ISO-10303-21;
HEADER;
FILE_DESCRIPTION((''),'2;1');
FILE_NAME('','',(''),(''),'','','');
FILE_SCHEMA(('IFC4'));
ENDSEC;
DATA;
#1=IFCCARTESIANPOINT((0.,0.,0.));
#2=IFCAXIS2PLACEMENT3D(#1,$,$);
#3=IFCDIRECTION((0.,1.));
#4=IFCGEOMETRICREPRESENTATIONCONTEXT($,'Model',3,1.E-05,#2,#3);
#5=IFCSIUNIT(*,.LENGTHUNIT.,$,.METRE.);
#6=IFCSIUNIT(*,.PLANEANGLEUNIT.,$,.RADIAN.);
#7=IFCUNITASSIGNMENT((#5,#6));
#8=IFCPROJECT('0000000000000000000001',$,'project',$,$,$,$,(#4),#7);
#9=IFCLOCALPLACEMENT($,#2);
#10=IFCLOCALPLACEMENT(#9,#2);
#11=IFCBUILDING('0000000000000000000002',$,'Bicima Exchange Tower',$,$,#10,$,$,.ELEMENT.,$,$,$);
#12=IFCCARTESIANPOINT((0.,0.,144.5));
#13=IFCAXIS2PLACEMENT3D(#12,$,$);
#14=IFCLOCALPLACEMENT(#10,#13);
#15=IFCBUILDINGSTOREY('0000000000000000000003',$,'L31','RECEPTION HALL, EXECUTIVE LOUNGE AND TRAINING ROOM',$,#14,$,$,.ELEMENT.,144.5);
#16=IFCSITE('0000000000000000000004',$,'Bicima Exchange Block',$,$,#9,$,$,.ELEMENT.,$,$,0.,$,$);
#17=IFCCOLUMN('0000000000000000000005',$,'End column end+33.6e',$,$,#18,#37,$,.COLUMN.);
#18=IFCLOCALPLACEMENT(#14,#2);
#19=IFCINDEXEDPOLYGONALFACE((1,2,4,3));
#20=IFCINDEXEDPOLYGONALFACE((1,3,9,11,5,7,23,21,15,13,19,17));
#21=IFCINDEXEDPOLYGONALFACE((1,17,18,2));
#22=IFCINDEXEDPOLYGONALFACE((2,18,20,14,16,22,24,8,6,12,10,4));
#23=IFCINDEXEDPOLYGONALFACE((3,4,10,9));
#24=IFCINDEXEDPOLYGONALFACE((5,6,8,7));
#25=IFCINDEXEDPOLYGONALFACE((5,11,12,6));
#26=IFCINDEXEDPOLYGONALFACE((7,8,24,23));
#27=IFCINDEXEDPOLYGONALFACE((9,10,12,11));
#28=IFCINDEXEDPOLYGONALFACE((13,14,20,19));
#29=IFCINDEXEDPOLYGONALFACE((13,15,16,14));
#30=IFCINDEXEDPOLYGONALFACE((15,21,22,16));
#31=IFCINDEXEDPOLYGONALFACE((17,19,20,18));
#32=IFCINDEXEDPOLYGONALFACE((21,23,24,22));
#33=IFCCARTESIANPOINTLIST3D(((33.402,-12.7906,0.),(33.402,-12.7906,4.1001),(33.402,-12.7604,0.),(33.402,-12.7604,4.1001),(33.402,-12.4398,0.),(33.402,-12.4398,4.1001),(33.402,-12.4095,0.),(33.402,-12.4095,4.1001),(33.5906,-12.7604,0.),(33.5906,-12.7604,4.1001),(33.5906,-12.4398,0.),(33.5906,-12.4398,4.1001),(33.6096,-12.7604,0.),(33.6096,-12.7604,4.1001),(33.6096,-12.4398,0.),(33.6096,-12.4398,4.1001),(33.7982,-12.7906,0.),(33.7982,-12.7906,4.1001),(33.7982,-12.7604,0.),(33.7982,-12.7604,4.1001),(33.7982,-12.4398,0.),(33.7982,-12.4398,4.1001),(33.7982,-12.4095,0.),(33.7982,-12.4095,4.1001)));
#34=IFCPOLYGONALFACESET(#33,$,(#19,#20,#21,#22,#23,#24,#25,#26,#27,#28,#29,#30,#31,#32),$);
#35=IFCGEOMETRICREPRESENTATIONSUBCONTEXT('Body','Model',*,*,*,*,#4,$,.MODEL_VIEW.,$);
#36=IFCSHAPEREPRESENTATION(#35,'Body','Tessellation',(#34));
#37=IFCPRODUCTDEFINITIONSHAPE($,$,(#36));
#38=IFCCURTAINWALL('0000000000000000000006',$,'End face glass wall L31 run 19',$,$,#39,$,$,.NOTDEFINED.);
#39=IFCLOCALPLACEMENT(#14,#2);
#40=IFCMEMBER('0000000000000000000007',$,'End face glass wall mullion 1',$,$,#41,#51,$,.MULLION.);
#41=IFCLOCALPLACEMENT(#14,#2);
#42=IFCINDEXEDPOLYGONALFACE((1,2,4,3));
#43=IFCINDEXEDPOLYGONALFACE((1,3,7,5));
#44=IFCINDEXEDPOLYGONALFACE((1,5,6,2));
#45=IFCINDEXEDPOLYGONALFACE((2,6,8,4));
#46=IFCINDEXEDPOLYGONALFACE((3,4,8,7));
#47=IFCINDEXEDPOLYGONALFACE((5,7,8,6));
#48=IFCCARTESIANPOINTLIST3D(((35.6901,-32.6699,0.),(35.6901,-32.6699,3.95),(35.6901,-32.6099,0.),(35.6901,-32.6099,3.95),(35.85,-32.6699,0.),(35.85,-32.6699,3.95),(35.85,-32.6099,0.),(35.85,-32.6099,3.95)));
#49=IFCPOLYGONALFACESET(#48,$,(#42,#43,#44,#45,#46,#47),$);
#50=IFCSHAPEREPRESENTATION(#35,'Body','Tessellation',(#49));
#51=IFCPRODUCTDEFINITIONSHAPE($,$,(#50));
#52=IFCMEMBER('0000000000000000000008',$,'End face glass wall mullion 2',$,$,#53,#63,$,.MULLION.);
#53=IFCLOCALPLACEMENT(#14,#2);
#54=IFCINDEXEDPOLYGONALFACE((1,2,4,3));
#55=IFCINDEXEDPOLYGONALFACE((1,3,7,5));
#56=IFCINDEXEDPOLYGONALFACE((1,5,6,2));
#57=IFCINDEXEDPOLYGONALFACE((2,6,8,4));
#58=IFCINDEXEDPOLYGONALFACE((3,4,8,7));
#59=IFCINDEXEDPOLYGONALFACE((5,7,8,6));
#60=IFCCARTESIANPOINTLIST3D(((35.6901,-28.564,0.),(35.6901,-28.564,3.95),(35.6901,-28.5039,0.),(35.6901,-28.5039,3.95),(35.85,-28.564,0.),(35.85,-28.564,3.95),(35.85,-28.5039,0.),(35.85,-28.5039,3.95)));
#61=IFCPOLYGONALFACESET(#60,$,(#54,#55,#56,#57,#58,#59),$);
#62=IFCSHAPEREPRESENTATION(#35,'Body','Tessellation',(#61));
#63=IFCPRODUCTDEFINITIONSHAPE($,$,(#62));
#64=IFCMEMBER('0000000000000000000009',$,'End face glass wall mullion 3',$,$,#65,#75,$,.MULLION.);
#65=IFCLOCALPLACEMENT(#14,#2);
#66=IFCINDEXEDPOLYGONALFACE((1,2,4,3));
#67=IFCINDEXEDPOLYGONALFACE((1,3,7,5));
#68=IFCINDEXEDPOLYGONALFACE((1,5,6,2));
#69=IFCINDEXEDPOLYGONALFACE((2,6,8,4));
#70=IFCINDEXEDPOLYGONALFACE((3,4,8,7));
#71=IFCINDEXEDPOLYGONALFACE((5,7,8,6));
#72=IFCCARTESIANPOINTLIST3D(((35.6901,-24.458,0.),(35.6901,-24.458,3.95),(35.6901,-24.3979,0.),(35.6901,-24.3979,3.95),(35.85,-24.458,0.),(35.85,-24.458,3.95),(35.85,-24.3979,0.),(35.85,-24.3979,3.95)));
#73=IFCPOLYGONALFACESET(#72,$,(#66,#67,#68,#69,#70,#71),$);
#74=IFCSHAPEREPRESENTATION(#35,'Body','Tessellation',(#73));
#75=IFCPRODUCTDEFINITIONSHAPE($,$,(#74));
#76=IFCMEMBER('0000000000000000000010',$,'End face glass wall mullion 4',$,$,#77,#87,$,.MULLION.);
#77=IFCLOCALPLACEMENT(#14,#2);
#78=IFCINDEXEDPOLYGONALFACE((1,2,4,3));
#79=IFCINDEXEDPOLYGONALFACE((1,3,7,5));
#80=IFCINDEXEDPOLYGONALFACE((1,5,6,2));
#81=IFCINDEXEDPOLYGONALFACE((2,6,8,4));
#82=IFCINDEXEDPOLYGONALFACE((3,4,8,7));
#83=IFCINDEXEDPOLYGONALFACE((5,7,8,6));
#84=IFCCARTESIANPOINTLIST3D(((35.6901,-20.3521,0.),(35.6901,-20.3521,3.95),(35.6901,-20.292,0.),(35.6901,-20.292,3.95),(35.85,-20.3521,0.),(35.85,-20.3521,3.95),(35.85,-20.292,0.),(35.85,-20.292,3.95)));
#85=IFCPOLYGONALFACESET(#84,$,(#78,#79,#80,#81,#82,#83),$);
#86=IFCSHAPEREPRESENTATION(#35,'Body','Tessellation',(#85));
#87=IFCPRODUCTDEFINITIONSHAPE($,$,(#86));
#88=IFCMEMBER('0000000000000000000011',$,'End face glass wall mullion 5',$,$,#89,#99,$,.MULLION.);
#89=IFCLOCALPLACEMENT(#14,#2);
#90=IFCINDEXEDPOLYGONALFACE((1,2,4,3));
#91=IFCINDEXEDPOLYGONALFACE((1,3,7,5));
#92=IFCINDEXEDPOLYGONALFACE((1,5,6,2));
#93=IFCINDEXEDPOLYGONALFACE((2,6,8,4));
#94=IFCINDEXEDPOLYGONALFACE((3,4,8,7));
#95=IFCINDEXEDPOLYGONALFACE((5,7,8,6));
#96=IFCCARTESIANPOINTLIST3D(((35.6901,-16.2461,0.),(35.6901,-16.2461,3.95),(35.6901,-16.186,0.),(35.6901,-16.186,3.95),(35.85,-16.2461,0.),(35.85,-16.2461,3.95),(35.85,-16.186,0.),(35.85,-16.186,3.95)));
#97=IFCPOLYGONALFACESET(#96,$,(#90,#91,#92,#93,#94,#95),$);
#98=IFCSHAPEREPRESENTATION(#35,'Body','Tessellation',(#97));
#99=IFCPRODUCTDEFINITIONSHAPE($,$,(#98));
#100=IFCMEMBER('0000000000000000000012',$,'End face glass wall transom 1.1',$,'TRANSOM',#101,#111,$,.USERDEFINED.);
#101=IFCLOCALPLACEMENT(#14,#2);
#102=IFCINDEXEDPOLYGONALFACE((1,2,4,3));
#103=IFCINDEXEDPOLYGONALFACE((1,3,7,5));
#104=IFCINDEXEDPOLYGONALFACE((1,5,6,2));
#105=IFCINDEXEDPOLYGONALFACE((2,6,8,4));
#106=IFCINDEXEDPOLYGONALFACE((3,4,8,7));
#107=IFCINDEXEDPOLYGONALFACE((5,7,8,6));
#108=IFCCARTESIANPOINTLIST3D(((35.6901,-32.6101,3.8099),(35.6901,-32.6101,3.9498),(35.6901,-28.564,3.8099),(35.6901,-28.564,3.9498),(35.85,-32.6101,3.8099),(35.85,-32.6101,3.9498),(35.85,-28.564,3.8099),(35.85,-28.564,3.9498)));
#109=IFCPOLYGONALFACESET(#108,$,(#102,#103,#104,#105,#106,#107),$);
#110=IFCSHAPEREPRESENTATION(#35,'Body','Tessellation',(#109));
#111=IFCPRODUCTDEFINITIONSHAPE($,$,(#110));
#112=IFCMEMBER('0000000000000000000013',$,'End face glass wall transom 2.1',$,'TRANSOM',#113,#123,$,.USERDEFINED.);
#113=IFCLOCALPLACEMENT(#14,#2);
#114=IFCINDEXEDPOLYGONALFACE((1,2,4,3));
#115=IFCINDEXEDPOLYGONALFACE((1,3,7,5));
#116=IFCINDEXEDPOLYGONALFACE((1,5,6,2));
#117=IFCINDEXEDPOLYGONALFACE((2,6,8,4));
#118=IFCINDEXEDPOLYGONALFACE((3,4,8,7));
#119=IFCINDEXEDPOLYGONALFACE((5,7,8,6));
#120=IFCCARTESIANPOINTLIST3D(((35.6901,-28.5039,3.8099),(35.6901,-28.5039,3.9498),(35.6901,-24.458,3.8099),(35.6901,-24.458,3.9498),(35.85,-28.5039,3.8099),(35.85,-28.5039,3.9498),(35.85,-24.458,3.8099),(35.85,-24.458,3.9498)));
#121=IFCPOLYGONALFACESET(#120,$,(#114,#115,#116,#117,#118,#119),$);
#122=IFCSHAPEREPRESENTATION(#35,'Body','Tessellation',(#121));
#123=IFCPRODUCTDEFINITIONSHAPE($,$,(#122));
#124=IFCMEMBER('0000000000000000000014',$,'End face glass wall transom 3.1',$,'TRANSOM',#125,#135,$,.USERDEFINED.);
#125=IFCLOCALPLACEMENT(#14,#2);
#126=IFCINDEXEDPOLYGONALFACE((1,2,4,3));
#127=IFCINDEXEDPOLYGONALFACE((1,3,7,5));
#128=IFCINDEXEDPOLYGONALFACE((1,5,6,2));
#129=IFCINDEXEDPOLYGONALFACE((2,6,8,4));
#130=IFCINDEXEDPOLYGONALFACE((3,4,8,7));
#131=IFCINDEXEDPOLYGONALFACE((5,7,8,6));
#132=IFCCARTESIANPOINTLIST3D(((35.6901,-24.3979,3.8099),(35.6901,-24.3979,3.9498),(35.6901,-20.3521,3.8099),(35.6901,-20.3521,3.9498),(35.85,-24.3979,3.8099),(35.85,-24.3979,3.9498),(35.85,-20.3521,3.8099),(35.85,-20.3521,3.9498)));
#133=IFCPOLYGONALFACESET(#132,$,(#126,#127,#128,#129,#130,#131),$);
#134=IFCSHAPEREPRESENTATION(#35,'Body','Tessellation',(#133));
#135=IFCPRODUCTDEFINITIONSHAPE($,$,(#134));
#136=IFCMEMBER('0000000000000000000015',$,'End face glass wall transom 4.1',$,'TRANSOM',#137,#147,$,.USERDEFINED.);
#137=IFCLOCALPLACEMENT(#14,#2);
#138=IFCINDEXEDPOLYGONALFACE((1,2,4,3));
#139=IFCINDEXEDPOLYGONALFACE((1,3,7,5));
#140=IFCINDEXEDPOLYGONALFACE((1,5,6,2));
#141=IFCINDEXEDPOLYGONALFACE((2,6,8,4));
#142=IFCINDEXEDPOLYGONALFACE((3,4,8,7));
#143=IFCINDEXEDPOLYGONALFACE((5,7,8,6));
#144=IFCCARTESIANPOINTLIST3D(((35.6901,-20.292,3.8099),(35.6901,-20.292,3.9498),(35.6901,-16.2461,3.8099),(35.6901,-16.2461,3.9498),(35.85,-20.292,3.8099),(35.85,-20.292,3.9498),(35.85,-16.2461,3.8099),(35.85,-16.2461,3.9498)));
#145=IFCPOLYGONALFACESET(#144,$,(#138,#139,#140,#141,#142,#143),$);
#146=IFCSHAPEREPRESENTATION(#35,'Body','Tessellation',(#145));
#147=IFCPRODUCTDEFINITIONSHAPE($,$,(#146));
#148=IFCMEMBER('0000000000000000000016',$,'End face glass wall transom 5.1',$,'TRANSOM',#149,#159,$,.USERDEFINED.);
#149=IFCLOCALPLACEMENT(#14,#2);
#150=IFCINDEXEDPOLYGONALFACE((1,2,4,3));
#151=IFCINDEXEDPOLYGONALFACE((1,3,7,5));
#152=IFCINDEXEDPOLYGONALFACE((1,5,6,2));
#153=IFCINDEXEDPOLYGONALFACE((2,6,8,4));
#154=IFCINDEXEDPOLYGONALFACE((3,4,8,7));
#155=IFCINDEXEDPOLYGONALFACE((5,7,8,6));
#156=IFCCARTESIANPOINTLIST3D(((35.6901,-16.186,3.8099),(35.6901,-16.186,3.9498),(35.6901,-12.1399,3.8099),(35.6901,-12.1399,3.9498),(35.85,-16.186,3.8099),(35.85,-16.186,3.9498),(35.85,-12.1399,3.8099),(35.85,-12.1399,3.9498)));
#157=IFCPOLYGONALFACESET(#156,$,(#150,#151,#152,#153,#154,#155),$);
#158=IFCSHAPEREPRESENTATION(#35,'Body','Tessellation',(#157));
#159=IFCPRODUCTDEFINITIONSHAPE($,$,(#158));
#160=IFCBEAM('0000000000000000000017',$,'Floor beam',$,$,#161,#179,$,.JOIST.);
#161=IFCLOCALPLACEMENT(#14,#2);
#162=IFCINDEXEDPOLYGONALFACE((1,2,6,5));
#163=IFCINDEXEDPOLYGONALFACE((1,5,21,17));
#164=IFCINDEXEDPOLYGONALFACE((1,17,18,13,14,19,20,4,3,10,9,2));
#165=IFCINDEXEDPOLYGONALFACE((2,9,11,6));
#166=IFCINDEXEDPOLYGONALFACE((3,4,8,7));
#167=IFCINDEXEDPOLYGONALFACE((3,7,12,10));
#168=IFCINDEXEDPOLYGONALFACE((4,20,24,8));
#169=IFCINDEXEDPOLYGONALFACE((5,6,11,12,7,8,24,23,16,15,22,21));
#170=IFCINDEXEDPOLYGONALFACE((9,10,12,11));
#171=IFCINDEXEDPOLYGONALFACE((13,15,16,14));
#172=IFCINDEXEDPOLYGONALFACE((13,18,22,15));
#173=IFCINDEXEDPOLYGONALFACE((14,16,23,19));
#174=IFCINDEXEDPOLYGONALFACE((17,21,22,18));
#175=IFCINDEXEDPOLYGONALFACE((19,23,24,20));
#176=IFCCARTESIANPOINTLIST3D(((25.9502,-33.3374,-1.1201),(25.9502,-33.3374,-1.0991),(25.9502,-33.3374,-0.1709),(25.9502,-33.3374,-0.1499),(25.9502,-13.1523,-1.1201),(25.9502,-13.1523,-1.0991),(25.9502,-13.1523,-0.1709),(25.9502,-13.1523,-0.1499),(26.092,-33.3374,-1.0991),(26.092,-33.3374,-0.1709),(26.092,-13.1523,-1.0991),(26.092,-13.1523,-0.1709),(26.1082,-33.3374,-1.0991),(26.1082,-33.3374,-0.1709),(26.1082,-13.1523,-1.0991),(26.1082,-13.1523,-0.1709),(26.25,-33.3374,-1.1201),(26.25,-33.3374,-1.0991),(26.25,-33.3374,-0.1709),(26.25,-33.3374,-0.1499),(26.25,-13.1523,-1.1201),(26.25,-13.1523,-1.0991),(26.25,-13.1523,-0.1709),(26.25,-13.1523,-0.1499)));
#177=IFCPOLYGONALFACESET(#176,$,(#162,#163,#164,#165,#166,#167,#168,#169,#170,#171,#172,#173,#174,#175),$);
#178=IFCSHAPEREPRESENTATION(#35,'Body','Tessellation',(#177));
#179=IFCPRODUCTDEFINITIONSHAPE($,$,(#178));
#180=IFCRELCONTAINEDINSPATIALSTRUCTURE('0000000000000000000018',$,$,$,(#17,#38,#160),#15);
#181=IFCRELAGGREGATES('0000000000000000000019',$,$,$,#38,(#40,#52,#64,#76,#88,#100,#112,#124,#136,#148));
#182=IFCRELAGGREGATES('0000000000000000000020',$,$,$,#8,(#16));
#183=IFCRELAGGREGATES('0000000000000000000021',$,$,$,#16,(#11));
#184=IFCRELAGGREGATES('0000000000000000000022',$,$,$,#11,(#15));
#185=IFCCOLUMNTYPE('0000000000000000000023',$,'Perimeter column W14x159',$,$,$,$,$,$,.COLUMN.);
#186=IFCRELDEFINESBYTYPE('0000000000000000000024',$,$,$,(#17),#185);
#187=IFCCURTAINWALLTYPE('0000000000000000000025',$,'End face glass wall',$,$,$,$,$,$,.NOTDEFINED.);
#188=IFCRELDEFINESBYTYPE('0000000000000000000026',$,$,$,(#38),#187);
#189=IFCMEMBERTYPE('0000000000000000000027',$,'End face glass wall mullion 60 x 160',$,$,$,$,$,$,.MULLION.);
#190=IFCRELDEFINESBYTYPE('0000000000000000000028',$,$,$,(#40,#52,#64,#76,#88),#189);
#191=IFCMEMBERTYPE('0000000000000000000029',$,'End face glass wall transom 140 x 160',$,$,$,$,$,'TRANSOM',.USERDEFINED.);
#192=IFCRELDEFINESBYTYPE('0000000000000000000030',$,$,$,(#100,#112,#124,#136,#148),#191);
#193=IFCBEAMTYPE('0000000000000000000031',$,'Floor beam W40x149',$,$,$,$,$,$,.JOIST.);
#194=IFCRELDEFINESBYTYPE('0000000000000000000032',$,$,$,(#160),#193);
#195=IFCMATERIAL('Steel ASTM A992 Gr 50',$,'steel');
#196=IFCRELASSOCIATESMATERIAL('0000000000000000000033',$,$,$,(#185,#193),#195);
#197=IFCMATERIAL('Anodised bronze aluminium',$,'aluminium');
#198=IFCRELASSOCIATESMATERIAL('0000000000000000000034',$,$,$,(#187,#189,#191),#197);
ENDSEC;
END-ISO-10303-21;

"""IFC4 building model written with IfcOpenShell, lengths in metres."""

from ifc_helpers import new_model, si_unit, direction, frame, origin, origin_2d, place, context, subcontext, project, spatial, rectangle, i_section, extrude, material, material_profile, profile_set, type_object, element, aggregate, save


model = new_model("IFC4")

# Units and contexts
model_context = context("Model", 3, precision=1e-05, world=origin(), true_north=direction((0.0, 1.0)))
body_context = subcontext(model_context, "Body", "Model", "MODEL_VIEW")
ifc_project = project(units=[si_unit("LENGTHUNIT", "METRE"), si_unit("PLANEANGLEUNIT", "RADIAN")], contexts=[model_context])

# Site, building, storey
site_placement = place(None, origin())
site = spatial("IfcSite", under=ifc_project, at=site_placement, Name="Bicima Exchange Block", CompositionType="ELEMENT", RefElevation=0.0)
building_placement = place(site_placement, origin())
building = spatial("IfcBuilding", under=site, at=building_placement, Name="Bicima Exchange Tower", CompositionType="ELEMENT")
storey_placement = place(building_placement, frame((0.0, 0.0, 144.5)))
storey = spatial("IfcBuildingStorey", under=building, at=storey_placement, Name="L31", Description="RECEPTION HALL, EXECUTIVE LOUNGE AND TRAINING ROOM", CompositionType="ELEMENT", Elevation=144.5)

# Column
ifc_material_1 = material(Name="Steel ASTM A992 Gr 50", Category="steel")
ifc_material_profile_1 = material_profile(ifc_material_1, i_section(OverallWidth=0.3962, OverallDepth=0.3811, WebThickness=0.019, FlangeThickness=0.0303, at=origin_2d()))
ifc_profile_set_1 = profile_set([ifc_material_profile_1], Name="Steel ASTM A992 Gr 50")
column_type = type_object("IfcColumnType", Name="Perimeter column W14x159", PredefinedType="COLUMN", material=ifc_profile_set_1)
column_placement = place(storey_placement, frame((33.6001, -12.6001, 0.0), z_axis=(0.0, 0.0, 1.0), x_axis=(1.0, 0.0, 0.0)))
element("IfcColumn", 1, at=column_placement, inside=storey, type_object=column_type, Name="End column end+33.6e", PredefinedType="COLUMN", context=body_context, shape_type="SweptSolid", body=[
    extrude(i_section(OverallWidth=0.3962, OverallDepth=0.3811, WebThickness=0.019, FlangeThickness=0.0303, at=origin_2d()), origin(), (0.0, 0.0, 1.0), 4.1001),
])

# Curtain wall, members
ifc_material_2 = material(Name="Anodised bronze aluminium", Category="aluminium")
curtain_wall_type_1 = type_object("IfcCurtainWallType", Name="End face glass wall", PredefinedType="NOTDEFINED", material=ifc_material_2)
curtain_wall_1_placement = place(storey_placement, origin())
curtain_wall_1 = element("IfcCurtainWall", 2, at=curtain_wall_1_placement, inside=storey, type_object=curtain_wall_type_1, Name="End face glass wall L31 run 19", PredefinedType="NOTDEFINED")
ifc_material_profile_2 = material_profile(ifc_material_2, rectangle(XDim=0.1599, YDim=0.0601, at=origin_2d()))
ifc_profile_set_2 = profile_set([ifc_material_profile_2], Name="Anodised bronze aluminium")
member_type_1 = type_object("IfcMemberType", Name="End face glass wall mullion 60 x 160", PredefinedType="MULLION", material=ifc_profile_set_2)
member_1_placement = place(storey_placement, frame((35.77, -32.6399, 0.0), z_axis=(0.0, 0.0, 1.0), x_axis=(-1.0, 0.0, 0.0)))
member_1 = element("IfcMember", 3, at=member_1_placement, type_object=member_type_1, Name="End face glass wall mullion 1", PredefinedType="MULLION", context=body_context, shape_type="SweptSolid", body=[
    extrude(rectangle(XDim=0.1599, YDim=0.0601, at=origin_2d()), origin(), (0.0, 0.0, 1.0), 3.95),
])
member_2_placement = place(storey_placement, frame((35.77, -28.5339, 0.0), z_axis=(0.0, 0.0, 1.0), x_axis=(-1.0, 0.0, 0.0)))
member_2 = element("IfcMember", 4, at=member_2_placement, type_object=member_type_1, Name="End face glass wall mullion 2", PredefinedType="MULLION", context=body_context, shape_type="SweptSolid", body=[
    extrude(rectangle(XDim=0.1599, YDim=0.0601, at=origin_2d()), origin(), (0.0, 0.0, 1.0), 3.95),
])
member_3_placement = place(storey_placement, frame((35.77, -24.428, 0.0), z_axis=(0.0, 0.0, 1.0), x_axis=(-1.0, 0.0, 0.0)))
member_3 = element("IfcMember", 5, at=member_3_placement, type_object=member_type_1, Name="End face glass wall mullion 3", PredefinedType="MULLION", context=body_context, shape_type="SweptSolid", body=[
    extrude(rectangle(XDim=0.1599, YDim=0.0601, at=origin_2d()), origin(), (0.0, 0.0, 1.0), 3.95),
])
member_4_placement = place(storey_placement, frame((35.77, -20.322, 0.0), z_axis=(0.0, 0.0, 1.0), x_axis=(-1.0, 0.0, 0.0)))
member_4 = element("IfcMember", 6, at=member_4_placement, type_object=member_type_1, Name="End face glass wall mullion 4", PredefinedType="MULLION", context=body_context, shape_type="SweptSolid", body=[
    extrude(rectangle(XDim=0.1599, YDim=0.0601, at=origin_2d()), origin(), (0.0, 0.0, 1.0), 3.95),
])
member_5_placement = place(storey_placement, frame((35.77, -16.2161, 0.0), z_axis=(0.0, 0.0, 1.0), x_axis=(-1.0, 0.0, 0.0)))
member_5 = element("IfcMember", 7, at=member_5_placement, type_object=member_type_1, Name="End face glass wall mullion 5", PredefinedType="MULLION", context=body_context, shape_type="SweptSolid", body=[
    extrude(rectangle(XDim=0.1599, YDim=0.0601, at=origin_2d()), origin(), (0.0, 0.0, 1.0), 3.95),
])
ifc_material_profile_3 = material_profile(ifc_material_2, rectangle(XDim=0.1599, YDim=0.1399, at=origin_2d()))
ifc_profile_set_3 = profile_set([ifc_material_profile_3], Name="Anodised bronze aluminium")
member_type_2 = type_object("IfcMemberType", Name="End face glass wall transom 140 x 160", ElementType="TRANSOM", PredefinedType="USERDEFINED", material=ifc_profile_set_3)
member_6_placement = place(storey_placement, frame((35.77, -32.6101, 3.8799), z_axis=(0.0, 1.0, 0.0), x_axis=(-1.0, 0.0, 0.0)))
member_6 = element("IfcMember", 8, at=member_6_placement, type_object=member_type_2, Name="End face glass wall transom 1.1", ObjectType="TRANSOM", PredefinedType="USERDEFINED", context=body_context, shape_type="SweptSolid", body=[
    extrude(rectangle(XDim=0.1599, YDim=0.1399, at=origin_2d()), origin(), (0.0, 0.0, 1.0), 4.0461),
])
member_7_placement = place(storey_placement, frame((35.77, -28.5039, 3.8799), z_axis=(0.0, 1.0, 0.0), x_axis=(-1.0, 0.0, 0.0)))
member_7 = element("IfcMember", 9, at=member_7_placement, type_object=member_type_2, Name="End face glass wall transom 2.1", ObjectType="TRANSOM", PredefinedType="USERDEFINED", context=body_context, shape_type="SweptSolid", body=[
    extrude(rectangle(XDim=0.1599, YDim=0.1399, at=origin_2d()), origin(), (0.0, 0.0, 1.0), 4.0459),
])
member_8_placement = place(storey_placement, frame((35.77, -24.3979, 3.8799), z_axis=(0.0, 1.0, 0.0), x_axis=(-1.0, 0.0, 0.0)))
member_8 = element("IfcMember", 10, at=member_8_placement, type_object=member_type_2, Name="End face glass wall transom 3.1", ObjectType="TRANSOM", PredefinedType="USERDEFINED", context=body_context, shape_type="SweptSolid", body=[
    extrude(rectangle(XDim=0.1599, YDim=0.1399, at=origin_2d()), origin(), (0.0, 0.0, 1.0), 4.0459),
])
member_9_placement = place(storey_placement, frame((35.77, -20.292, 3.8799), z_axis=(0.0, 1.0, 0.0), x_axis=(-1.0, 0.0, 0.0)))
member_9 = element("IfcMember", 11, at=member_9_placement, type_object=member_type_2, Name="End face glass wall transom 4.1", ObjectType="TRANSOM", PredefinedType="USERDEFINED", context=body_context, shape_type="SweptSolid", body=[
    extrude(rectangle(XDim=0.1599, YDim=0.1399, at=origin_2d()), origin(), (0.0, 0.0, 1.0), 4.0459),
])
member_10_placement = place(storey_placement, frame((35.77, -16.186, 3.8799), z_axis=(0.0, 1.0, 0.0), x_axis=(-1.0, 0.0, 0.0)))
member_10 = element("IfcMember", 12, at=member_10_placement, type_object=member_type_2, Name="End face glass wall transom 5.1", ObjectType="TRANSOM", PredefinedType="USERDEFINED", context=body_context, shape_type="SweptSolid", body=[
    extrude(rectangle(XDim=0.1599, YDim=0.1399, at=origin_2d()), origin(), (0.0, 0.0, 1.0), 4.0461),
])

# Beam
ifc_material_profile_4 = material_profile(ifc_material_1, i_section(OverallWidth=0.2998, OverallDepth=0.9702, WebThickness=0.0161, FlangeThickness=0.021, at=origin_2d()))
ifc_profile_set_4 = profile_set([ifc_material_profile_4], Name="Steel ASTM A992 Gr 50")
beam_type = type_object("IfcBeamType", Name="Floor beam W40x149", PredefinedType="JOIST", material=ifc_profile_set_4)
for number, where, z_axis, x_axis, name in (
    (13, (26.1001, -13.1523, -0.635), (0.0, -1.0, 0.0), (1.0, 0.0, 0.0), "Floor beam"),
):
    element("IfcBeam", number, at=place(storey_placement, frame(where, z_axis=z_axis, x_axis=x_axis)), inside=storey, type_object=beam_type, Name=name, PredefinedType="JOIST", context=body_context, shape_type="SweptSolid", body=[
        extrude(i_section(OverallWidth=0.2998, OverallDepth=0.9702, WebThickness=0.0161, FlangeThickness=0.021, at=origin_2d()), origin(), (0.0, 0.0, 1.0), 20.1851),
    ])

aggregate(curtain_wall_1, [member_1, member_2, member_3, member_4, member_5, member_6, member_7, member_8, member_9, member_10])

save(model, "model.ifc")
